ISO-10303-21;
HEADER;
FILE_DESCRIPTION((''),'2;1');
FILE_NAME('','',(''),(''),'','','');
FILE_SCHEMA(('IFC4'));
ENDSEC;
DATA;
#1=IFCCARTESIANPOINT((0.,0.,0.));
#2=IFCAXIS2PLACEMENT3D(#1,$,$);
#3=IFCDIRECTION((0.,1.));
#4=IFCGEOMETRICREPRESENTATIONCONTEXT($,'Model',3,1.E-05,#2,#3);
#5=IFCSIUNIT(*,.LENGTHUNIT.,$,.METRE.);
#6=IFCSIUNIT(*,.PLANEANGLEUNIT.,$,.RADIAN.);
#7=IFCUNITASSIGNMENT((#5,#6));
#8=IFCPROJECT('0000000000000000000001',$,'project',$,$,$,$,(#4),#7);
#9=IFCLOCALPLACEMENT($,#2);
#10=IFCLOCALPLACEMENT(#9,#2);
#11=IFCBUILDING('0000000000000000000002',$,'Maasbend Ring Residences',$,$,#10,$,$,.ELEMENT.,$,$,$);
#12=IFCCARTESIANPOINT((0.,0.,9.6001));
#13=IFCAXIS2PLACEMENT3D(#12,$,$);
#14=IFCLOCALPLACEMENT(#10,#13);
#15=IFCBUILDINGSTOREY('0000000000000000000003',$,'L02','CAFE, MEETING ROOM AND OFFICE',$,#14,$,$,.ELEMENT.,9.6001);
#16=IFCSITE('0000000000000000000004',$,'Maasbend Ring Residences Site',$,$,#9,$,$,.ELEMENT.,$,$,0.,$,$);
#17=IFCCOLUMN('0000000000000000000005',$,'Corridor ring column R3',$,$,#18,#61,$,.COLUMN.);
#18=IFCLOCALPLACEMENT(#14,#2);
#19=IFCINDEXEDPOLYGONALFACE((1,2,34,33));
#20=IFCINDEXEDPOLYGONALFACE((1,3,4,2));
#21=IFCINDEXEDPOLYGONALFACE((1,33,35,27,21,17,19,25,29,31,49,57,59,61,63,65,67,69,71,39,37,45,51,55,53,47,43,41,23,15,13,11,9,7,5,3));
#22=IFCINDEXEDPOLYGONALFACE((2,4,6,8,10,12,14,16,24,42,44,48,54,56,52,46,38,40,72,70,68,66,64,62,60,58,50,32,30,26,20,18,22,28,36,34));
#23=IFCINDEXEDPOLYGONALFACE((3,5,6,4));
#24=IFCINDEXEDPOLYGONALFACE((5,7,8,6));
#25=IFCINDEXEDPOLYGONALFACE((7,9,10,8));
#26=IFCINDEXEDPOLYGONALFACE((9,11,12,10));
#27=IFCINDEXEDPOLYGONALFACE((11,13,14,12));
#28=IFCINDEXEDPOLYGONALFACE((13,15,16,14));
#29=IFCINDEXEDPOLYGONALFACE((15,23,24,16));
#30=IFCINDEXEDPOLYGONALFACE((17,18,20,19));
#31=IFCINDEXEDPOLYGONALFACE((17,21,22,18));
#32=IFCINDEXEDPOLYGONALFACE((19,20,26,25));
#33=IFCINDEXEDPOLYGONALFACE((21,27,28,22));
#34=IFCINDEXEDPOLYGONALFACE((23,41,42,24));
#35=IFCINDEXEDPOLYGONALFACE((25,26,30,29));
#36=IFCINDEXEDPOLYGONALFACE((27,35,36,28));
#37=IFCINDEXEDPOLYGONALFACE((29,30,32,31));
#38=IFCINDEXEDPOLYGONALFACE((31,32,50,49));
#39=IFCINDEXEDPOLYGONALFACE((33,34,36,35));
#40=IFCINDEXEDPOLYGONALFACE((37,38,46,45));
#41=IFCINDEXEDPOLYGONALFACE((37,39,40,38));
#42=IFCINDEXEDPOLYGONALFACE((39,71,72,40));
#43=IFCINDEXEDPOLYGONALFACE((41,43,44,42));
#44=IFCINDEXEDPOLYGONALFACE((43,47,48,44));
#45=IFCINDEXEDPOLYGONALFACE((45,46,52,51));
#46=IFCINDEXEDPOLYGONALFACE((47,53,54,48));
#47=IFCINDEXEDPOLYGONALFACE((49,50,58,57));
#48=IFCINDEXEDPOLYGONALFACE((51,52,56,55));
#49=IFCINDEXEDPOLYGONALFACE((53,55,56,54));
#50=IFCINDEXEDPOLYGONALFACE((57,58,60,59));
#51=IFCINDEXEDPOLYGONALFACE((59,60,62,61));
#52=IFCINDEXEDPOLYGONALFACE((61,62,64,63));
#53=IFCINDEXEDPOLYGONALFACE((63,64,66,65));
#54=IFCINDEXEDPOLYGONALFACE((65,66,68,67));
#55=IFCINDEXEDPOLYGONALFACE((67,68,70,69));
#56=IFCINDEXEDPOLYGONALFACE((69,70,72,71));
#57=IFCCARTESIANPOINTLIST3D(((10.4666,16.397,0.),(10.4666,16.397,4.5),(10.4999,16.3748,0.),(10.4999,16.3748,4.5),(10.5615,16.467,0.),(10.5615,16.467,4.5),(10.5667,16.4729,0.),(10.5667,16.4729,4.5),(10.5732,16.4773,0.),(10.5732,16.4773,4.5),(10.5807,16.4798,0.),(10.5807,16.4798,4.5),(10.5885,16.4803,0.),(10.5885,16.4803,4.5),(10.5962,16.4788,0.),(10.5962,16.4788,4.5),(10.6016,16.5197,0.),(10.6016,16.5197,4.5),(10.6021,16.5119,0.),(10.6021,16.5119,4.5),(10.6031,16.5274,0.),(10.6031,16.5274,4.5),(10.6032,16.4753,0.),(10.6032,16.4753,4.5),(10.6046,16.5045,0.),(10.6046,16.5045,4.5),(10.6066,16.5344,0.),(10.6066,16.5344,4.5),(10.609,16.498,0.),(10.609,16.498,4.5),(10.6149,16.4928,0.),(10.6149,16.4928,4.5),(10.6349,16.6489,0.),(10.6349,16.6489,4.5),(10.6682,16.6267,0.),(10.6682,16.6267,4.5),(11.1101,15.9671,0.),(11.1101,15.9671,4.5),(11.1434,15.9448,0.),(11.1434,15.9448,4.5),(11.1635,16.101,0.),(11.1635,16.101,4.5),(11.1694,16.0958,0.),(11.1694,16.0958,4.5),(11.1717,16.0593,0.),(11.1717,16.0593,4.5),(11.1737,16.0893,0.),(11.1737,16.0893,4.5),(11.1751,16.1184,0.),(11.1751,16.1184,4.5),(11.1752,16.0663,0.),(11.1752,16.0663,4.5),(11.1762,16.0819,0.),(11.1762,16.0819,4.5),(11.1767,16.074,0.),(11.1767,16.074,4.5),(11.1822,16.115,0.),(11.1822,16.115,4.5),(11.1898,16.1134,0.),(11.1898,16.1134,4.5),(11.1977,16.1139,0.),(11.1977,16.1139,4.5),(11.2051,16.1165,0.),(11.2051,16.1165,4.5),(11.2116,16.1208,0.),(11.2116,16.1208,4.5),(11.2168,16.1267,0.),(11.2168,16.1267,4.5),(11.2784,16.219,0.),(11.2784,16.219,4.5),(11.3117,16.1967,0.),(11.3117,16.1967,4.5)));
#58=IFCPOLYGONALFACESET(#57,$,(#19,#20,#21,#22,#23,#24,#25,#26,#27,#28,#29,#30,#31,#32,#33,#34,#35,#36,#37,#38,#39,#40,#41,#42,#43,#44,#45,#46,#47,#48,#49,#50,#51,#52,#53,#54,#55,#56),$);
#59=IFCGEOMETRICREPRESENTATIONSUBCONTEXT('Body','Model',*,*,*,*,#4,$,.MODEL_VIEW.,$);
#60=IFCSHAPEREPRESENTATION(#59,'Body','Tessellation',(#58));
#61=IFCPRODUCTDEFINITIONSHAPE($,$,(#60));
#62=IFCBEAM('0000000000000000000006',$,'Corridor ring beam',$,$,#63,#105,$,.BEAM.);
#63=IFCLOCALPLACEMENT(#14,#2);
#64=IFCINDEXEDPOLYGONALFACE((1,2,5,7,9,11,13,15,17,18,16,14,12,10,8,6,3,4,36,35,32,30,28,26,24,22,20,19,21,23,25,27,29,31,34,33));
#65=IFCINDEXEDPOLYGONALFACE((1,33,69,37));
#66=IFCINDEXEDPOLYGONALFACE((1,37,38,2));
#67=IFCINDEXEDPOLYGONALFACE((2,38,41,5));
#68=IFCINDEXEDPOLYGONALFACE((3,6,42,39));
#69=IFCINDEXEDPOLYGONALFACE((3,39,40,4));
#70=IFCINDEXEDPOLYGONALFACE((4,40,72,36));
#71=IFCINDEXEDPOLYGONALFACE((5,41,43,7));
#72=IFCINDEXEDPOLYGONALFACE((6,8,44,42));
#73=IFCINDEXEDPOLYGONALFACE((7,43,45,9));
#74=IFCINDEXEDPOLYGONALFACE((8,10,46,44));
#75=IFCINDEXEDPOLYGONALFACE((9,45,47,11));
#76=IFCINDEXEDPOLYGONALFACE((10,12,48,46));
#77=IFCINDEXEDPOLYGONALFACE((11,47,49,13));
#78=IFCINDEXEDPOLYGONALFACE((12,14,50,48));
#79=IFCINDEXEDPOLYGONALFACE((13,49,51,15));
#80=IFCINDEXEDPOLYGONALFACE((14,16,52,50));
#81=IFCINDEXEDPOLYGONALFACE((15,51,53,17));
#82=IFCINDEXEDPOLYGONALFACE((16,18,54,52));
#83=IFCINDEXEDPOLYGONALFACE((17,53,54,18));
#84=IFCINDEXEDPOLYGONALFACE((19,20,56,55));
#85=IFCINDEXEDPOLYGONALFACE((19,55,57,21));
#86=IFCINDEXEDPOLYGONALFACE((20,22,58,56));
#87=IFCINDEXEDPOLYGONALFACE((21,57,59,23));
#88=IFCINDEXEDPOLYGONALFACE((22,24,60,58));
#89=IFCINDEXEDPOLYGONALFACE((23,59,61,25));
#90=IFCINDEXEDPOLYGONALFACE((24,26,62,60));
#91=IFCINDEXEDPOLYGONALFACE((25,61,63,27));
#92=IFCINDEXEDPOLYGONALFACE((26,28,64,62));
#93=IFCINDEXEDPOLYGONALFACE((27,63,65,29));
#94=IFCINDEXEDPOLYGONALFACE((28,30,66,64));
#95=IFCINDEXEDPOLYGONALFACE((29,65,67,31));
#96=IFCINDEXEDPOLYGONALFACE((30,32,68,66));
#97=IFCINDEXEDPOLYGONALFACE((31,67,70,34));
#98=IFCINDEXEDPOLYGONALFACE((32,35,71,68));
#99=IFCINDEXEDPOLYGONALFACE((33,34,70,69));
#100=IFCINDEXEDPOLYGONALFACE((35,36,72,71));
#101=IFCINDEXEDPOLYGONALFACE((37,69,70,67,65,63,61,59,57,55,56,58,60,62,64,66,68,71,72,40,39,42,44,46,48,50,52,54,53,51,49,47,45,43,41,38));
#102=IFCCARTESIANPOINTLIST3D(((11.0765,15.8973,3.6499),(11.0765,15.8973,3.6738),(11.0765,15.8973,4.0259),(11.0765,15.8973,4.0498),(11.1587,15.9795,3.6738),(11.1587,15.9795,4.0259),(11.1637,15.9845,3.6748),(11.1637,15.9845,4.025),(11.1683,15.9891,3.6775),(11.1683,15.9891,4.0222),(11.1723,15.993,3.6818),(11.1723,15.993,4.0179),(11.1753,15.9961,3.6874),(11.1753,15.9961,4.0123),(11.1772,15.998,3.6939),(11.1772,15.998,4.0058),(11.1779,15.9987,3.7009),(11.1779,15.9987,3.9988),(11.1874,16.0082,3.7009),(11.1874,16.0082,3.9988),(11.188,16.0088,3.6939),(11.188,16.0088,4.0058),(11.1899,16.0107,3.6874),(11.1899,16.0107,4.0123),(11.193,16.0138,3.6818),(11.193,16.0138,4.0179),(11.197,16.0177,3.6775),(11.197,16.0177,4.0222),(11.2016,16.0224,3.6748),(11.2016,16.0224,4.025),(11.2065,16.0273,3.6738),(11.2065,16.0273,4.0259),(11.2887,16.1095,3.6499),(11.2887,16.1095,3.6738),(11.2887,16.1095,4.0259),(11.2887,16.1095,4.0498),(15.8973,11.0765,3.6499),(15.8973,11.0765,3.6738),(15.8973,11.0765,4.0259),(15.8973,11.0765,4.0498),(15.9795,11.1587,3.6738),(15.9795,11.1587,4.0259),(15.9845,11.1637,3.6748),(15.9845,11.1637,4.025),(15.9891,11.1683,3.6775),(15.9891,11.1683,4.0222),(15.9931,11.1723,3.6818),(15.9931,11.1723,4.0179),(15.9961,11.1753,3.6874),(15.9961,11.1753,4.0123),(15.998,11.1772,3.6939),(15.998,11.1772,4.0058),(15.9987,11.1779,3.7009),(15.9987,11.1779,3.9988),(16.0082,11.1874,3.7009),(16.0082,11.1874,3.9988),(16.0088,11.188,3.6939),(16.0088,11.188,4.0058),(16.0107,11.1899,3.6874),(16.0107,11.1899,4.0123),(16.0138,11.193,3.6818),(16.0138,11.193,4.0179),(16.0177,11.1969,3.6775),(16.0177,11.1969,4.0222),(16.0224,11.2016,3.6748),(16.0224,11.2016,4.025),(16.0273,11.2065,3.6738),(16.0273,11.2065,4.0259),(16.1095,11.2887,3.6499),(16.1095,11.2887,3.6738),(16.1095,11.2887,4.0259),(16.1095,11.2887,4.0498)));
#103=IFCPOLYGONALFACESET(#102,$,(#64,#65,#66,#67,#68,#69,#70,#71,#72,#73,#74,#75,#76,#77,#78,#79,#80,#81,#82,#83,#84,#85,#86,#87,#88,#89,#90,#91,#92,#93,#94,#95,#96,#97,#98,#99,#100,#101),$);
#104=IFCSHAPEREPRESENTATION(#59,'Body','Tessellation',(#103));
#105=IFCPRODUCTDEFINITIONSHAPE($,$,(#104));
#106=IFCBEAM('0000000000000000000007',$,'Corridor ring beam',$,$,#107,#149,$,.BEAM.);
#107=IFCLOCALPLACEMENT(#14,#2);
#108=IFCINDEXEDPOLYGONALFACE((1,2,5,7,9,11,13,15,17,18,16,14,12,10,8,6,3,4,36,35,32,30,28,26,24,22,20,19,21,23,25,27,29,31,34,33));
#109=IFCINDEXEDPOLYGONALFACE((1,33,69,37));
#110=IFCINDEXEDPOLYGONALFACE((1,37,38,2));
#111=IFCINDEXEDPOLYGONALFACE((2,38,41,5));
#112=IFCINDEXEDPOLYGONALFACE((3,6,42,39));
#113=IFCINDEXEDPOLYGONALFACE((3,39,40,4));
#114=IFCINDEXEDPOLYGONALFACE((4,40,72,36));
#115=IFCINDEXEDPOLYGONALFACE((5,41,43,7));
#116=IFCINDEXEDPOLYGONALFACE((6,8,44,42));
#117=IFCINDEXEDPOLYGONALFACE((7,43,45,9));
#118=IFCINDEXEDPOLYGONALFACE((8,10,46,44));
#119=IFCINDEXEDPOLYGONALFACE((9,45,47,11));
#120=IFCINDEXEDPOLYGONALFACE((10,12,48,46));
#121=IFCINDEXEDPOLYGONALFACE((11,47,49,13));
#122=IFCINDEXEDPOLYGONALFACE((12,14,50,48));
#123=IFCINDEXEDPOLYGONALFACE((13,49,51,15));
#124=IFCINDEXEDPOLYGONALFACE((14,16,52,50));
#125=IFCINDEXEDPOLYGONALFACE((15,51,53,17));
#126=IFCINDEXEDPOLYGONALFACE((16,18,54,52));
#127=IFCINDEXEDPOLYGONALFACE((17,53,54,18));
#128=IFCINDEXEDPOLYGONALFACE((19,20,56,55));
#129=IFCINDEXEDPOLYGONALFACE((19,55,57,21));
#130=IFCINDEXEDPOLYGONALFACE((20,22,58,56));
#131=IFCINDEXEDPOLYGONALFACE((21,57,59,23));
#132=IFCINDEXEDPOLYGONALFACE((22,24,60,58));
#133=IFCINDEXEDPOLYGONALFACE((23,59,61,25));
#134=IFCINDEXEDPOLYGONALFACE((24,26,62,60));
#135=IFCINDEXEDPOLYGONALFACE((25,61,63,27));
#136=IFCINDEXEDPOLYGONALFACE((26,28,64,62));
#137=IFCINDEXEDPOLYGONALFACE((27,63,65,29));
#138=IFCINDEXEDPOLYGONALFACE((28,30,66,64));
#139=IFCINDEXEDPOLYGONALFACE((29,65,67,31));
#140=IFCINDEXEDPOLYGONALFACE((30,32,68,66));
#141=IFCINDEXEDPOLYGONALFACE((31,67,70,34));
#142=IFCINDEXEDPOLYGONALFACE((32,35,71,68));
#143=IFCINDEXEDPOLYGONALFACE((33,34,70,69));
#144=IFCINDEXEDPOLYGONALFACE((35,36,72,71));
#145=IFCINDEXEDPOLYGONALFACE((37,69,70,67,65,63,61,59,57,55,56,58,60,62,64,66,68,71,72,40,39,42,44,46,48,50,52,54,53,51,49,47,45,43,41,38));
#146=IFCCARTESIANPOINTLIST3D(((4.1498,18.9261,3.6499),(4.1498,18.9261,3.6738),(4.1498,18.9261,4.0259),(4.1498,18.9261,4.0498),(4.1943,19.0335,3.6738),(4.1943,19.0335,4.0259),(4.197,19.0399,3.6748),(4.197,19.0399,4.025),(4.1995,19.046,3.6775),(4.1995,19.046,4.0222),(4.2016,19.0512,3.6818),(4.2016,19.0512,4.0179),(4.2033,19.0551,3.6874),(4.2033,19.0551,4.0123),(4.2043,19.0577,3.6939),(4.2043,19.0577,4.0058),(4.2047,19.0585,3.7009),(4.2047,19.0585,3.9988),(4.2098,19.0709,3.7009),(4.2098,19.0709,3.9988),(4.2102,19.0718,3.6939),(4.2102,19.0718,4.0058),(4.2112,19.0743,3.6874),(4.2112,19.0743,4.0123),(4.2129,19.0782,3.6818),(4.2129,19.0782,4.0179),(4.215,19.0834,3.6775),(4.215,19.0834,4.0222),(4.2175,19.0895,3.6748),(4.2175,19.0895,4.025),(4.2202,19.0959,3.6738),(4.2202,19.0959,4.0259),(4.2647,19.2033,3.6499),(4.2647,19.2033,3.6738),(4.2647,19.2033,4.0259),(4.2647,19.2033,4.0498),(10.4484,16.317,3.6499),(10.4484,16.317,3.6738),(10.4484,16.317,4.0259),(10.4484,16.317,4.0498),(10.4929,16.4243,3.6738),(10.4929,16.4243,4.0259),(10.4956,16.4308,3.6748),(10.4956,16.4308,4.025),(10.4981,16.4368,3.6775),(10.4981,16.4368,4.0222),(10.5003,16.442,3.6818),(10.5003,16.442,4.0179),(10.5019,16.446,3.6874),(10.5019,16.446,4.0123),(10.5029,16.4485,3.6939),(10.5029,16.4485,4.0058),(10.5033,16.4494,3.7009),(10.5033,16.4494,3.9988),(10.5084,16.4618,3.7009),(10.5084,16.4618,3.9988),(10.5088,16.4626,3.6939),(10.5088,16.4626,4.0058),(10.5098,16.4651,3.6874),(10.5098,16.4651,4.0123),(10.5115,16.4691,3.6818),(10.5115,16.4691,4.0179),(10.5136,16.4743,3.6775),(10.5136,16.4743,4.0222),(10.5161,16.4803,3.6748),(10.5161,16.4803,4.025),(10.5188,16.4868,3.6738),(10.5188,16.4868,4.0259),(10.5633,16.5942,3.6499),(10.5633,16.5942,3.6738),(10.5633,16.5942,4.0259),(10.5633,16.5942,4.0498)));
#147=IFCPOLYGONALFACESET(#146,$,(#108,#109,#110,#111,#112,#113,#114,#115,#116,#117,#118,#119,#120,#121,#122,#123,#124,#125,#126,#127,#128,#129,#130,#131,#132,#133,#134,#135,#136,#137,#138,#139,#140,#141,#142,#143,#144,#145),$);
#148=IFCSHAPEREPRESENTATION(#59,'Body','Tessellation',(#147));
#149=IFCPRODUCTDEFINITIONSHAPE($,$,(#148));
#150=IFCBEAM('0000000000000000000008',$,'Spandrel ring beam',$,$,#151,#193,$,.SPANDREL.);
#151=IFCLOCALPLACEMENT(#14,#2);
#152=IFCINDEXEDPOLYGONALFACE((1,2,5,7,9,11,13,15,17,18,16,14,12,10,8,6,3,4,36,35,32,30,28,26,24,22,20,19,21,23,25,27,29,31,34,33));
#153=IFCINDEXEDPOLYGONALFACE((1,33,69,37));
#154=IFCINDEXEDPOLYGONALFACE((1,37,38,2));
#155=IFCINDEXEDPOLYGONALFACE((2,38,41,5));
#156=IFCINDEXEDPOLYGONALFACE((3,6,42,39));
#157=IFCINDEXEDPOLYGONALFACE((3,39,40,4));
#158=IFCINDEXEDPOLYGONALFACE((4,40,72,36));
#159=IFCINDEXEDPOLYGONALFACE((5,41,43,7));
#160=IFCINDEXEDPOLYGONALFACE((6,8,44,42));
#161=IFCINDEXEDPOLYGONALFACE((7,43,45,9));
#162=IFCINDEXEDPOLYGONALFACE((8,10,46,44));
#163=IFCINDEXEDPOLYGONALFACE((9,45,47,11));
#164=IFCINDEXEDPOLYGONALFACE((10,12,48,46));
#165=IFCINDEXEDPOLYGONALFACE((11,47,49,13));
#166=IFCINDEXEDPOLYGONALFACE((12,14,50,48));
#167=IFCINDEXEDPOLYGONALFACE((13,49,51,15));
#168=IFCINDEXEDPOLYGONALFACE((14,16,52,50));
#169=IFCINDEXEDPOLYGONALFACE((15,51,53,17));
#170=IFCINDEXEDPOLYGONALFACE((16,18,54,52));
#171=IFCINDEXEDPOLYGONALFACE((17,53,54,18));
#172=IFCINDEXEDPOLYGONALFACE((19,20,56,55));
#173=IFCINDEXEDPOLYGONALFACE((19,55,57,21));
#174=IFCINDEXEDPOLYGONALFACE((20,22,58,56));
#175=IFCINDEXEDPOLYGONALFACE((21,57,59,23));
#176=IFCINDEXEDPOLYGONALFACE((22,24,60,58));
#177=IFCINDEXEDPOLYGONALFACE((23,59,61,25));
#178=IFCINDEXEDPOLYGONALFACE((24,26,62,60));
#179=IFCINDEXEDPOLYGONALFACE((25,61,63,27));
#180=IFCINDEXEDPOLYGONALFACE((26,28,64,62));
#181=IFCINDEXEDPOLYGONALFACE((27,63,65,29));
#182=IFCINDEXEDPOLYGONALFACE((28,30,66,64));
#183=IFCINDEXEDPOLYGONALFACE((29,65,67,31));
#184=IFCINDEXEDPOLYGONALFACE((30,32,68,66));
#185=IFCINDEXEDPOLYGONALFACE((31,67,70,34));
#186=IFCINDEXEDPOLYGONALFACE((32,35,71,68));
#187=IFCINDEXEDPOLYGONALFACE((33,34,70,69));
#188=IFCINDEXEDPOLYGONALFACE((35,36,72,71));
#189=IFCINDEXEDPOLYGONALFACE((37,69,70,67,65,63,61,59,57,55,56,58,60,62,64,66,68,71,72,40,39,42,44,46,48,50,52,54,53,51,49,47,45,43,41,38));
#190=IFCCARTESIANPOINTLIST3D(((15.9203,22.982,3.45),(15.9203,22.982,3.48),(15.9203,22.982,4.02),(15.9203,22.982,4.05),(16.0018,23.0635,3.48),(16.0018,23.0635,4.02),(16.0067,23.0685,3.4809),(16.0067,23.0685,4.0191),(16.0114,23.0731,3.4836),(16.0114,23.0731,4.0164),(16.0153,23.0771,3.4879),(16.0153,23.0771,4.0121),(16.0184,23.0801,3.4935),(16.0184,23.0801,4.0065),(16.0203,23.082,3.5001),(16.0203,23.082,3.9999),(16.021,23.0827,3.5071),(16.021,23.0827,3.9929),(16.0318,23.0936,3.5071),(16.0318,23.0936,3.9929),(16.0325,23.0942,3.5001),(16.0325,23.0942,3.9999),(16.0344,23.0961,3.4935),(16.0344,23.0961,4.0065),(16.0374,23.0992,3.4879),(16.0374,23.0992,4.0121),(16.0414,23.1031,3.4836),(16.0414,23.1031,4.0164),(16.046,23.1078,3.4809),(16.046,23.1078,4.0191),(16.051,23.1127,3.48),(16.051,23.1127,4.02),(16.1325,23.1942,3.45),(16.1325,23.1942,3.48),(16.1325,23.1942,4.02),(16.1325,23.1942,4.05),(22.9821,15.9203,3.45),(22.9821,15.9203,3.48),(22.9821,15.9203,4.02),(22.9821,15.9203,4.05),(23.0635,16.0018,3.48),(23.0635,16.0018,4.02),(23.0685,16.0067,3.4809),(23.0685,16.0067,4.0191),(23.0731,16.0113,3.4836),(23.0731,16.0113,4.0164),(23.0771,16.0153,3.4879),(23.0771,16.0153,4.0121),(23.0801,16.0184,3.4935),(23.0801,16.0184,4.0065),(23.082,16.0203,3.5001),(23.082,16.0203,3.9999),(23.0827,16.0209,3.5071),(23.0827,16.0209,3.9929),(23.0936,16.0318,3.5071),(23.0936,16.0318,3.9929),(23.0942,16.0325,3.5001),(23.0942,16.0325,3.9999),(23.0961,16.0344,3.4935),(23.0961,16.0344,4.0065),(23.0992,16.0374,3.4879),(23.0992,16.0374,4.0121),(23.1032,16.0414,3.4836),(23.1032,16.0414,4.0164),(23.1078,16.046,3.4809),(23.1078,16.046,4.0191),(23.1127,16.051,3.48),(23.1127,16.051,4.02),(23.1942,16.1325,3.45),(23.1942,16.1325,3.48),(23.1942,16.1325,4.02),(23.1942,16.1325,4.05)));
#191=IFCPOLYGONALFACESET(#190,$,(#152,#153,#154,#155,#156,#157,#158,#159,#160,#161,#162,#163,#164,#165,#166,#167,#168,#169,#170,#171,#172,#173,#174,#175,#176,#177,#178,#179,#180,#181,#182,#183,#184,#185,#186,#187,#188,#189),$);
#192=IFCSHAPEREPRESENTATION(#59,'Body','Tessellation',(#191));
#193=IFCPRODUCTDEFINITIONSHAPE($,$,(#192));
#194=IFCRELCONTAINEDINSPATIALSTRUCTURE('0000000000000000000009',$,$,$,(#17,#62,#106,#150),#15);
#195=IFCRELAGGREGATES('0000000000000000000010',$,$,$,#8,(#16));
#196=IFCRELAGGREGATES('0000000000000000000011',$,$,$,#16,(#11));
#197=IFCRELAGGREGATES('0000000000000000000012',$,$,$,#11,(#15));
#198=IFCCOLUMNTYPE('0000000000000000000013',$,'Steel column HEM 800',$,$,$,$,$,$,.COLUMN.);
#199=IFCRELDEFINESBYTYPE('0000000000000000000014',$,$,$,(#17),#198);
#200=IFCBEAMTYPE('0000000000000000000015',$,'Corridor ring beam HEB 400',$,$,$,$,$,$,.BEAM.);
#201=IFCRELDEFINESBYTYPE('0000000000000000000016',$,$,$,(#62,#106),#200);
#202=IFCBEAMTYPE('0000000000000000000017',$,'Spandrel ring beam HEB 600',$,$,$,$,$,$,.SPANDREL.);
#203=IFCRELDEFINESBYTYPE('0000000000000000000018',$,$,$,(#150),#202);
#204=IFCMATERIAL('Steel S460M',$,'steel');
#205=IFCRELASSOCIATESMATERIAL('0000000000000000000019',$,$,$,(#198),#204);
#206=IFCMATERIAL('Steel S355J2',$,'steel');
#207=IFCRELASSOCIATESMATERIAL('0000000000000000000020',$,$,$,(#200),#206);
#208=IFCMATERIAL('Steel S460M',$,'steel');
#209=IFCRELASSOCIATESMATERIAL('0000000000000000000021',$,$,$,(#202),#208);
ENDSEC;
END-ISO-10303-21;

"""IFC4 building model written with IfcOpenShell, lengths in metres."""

from ifc_helpers import new_model, si_unit, direction, frame, origin, origin_2d, place, context, subcontext, project, spatial, i_section, extrude, material, material_profile, profile_set, type_object, element, save


model = new_model("IFC4")

# Units and contexts
model_context = context("Model", 3, precision=1e-05, world=origin(), true_north=direction((0.0, 1.0)))
body_context = subcontext(model_context, "Body", "Model", "MODEL_VIEW")
ifc_project = project(units=[si_unit("LENGTHUNIT", "METRE"), si_unit("PLANEANGLEUNIT", "RADIAN")], contexts=[model_context])

# Site, building, storey
site_placement = place(None, origin())
site = spatial("IfcSite", under=ifc_project, at=site_placement, Name="Maasbend Ring Residences Site", CompositionType="ELEMENT", RefElevation=0.0)
building_placement = place(site_placement, origin())
building = spatial("IfcBuilding", under=site, at=building_placement, Name="Maasbend Ring Residences", CompositionType="ELEMENT")
storey_placement = place(building_placement, frame((0.0, 0.0, 9.6001)))
storey = spatial("IfcBuildingStorey", under=building, at=storey_placement, Name="L02", Description="CAFE, MEETING ROOM AND OFFICE", CompositionType="ELEMENT", Elevation=9.6001)

# Column
ifc_material_1 = material(Name="Steel S460M", Category="steel")
ifc_material_profile_1 = material_profile(ifc_material_1, i_section(OverallWidth=0.303, OverallDepth=0.814, WebThickness=0.021, FlangeThickness=0.04, FilletRadius=0.03, at=origin_2d()), Name="HEM 800")
ifc_profile_set_1 = profile_set([ifc_material_profile_1], Name="Steel S460M")
column_type_1 = type_object("IfcColumnType", Name="Steel column HEM 800", PredefinedType="COLUMN", material=ifc_profile_set_1)
column_placement = place(storey_placement, frame((10.8892, 16.2969, 0.0), z_axis=(0.0, 0.0, 1.0), x_axis=(0.55557, 0.83147, 0.0)))
element("IfcColumn", 1, at=column_placement, inside=storey, type_object=column_type_1, Name="Corridor ring column R3", PredefinedType="COLUMN", context=body_context, shape_type="SweptSolid", body=[
    extrude(i_section(OverallWidth=0.303, OverallDepth=0.814, WebThickness=0.021, FlangeThickness=0.04, FilletRadius=0.03, at=origin_2d()), origin(), (0.0, 0.0, 1.0), 4.5),
])

# Beams
ifc_material_2 = material(Name="Steel S355J2", Category="steel")
ifc_material_profile_2 = material_profile(ifc_material_2, i_section(OverallWidth=0.3, OverallDepth=0.3999, WebThickness=0.0134, FlangeThickness=0.0239, FilletRadius=0.0271, at=origin_2d()), Name="HEB 400")
ifc_profile_set_2 = profile_set([ifc_material_profile_2], Name="Steel S355J2")
beam_type_1 = type_object("IfcBeamType", Name="Corridor ring beam HEB 400", PredefinedType="BEAM", material=ifc_profile_set_2)
for number, where, z_axis, x_axis, name in (
    (2, (16.0034, 11.1826, 3.8499), (-0.707107, 0.707107, 0.0), (-0.707107, -0.707107, 0.0), "Corridor ring beam"),
    (3, (10.5059, 16.4556, 3.8499), (-0.923871, 0.382705, 0.0), (-0.382705, -0.923871, 0.0), "Corridor ring beam"),
):
    element("IfcBeam", number, at=place(storey_placement, frame(where, z_axis=z_axis, x_axis=x_axis)), inside=storey, type_object=beam_type_1, Name=name, PredefinedType="BEAM", context=body_context, shape_type="SweptSolid", body=[
        extrude(i_section(OverallWidth=0.3, OverallDepth=0.3999, WebThickness=0.0134, FlangeThickness=0.0239, FilletRadius=0.0271, at=origin_2d()), origin(), (0.0, 0.0, 1.0), 6.8176),
    ])
ifc_material_3 = material(Name="Steel S460M", Category="steel")
ifc_material_profile_3 = material_profile(ifc_material_3, i_section(OverallWidth=0.3, OverallDepth=0.6001, WebThickness=0.0154, FlangeThickness=0.03, FilletRadius=0.0271, at=origin_2d()), Name="HEB 600")
ifc_profile_set_3 = profile_set([ifc_material_profile_3], Name="Steel S460M")
beam_type_2 = type_object("IfcBeamType", Name="Spandrel ring beam HEB 600", PredefinedType="SPANDREL", material=ifc_profile_set_3)
beam_1_placement = place(storey_placement, frame((23.0881, 16.0264, 3.75), z_axis=(-0.707107, 0.707107, 0.0), x_axis=(-0.707107, -0.707107, 0.0)))
element("IfcBeam", 4, at=beam_1_placement, inside=storey, type_object=beam_type_2, Name="Spandrel ring beam", PredefinedType="SPANDREL", context=body_context, shape_type="SweptSolid", body=[
    extrude(i_section(OverallWidth=0.3, OverallDepth=0.6001, WebThickness=0.0154, FlangeThickness=0.03, FilletRadius=0.0271, at=origin_2d()), origin(), (0.0, 0.0, 1.0), 9.9868),
])

save(model, "model.ifc")
